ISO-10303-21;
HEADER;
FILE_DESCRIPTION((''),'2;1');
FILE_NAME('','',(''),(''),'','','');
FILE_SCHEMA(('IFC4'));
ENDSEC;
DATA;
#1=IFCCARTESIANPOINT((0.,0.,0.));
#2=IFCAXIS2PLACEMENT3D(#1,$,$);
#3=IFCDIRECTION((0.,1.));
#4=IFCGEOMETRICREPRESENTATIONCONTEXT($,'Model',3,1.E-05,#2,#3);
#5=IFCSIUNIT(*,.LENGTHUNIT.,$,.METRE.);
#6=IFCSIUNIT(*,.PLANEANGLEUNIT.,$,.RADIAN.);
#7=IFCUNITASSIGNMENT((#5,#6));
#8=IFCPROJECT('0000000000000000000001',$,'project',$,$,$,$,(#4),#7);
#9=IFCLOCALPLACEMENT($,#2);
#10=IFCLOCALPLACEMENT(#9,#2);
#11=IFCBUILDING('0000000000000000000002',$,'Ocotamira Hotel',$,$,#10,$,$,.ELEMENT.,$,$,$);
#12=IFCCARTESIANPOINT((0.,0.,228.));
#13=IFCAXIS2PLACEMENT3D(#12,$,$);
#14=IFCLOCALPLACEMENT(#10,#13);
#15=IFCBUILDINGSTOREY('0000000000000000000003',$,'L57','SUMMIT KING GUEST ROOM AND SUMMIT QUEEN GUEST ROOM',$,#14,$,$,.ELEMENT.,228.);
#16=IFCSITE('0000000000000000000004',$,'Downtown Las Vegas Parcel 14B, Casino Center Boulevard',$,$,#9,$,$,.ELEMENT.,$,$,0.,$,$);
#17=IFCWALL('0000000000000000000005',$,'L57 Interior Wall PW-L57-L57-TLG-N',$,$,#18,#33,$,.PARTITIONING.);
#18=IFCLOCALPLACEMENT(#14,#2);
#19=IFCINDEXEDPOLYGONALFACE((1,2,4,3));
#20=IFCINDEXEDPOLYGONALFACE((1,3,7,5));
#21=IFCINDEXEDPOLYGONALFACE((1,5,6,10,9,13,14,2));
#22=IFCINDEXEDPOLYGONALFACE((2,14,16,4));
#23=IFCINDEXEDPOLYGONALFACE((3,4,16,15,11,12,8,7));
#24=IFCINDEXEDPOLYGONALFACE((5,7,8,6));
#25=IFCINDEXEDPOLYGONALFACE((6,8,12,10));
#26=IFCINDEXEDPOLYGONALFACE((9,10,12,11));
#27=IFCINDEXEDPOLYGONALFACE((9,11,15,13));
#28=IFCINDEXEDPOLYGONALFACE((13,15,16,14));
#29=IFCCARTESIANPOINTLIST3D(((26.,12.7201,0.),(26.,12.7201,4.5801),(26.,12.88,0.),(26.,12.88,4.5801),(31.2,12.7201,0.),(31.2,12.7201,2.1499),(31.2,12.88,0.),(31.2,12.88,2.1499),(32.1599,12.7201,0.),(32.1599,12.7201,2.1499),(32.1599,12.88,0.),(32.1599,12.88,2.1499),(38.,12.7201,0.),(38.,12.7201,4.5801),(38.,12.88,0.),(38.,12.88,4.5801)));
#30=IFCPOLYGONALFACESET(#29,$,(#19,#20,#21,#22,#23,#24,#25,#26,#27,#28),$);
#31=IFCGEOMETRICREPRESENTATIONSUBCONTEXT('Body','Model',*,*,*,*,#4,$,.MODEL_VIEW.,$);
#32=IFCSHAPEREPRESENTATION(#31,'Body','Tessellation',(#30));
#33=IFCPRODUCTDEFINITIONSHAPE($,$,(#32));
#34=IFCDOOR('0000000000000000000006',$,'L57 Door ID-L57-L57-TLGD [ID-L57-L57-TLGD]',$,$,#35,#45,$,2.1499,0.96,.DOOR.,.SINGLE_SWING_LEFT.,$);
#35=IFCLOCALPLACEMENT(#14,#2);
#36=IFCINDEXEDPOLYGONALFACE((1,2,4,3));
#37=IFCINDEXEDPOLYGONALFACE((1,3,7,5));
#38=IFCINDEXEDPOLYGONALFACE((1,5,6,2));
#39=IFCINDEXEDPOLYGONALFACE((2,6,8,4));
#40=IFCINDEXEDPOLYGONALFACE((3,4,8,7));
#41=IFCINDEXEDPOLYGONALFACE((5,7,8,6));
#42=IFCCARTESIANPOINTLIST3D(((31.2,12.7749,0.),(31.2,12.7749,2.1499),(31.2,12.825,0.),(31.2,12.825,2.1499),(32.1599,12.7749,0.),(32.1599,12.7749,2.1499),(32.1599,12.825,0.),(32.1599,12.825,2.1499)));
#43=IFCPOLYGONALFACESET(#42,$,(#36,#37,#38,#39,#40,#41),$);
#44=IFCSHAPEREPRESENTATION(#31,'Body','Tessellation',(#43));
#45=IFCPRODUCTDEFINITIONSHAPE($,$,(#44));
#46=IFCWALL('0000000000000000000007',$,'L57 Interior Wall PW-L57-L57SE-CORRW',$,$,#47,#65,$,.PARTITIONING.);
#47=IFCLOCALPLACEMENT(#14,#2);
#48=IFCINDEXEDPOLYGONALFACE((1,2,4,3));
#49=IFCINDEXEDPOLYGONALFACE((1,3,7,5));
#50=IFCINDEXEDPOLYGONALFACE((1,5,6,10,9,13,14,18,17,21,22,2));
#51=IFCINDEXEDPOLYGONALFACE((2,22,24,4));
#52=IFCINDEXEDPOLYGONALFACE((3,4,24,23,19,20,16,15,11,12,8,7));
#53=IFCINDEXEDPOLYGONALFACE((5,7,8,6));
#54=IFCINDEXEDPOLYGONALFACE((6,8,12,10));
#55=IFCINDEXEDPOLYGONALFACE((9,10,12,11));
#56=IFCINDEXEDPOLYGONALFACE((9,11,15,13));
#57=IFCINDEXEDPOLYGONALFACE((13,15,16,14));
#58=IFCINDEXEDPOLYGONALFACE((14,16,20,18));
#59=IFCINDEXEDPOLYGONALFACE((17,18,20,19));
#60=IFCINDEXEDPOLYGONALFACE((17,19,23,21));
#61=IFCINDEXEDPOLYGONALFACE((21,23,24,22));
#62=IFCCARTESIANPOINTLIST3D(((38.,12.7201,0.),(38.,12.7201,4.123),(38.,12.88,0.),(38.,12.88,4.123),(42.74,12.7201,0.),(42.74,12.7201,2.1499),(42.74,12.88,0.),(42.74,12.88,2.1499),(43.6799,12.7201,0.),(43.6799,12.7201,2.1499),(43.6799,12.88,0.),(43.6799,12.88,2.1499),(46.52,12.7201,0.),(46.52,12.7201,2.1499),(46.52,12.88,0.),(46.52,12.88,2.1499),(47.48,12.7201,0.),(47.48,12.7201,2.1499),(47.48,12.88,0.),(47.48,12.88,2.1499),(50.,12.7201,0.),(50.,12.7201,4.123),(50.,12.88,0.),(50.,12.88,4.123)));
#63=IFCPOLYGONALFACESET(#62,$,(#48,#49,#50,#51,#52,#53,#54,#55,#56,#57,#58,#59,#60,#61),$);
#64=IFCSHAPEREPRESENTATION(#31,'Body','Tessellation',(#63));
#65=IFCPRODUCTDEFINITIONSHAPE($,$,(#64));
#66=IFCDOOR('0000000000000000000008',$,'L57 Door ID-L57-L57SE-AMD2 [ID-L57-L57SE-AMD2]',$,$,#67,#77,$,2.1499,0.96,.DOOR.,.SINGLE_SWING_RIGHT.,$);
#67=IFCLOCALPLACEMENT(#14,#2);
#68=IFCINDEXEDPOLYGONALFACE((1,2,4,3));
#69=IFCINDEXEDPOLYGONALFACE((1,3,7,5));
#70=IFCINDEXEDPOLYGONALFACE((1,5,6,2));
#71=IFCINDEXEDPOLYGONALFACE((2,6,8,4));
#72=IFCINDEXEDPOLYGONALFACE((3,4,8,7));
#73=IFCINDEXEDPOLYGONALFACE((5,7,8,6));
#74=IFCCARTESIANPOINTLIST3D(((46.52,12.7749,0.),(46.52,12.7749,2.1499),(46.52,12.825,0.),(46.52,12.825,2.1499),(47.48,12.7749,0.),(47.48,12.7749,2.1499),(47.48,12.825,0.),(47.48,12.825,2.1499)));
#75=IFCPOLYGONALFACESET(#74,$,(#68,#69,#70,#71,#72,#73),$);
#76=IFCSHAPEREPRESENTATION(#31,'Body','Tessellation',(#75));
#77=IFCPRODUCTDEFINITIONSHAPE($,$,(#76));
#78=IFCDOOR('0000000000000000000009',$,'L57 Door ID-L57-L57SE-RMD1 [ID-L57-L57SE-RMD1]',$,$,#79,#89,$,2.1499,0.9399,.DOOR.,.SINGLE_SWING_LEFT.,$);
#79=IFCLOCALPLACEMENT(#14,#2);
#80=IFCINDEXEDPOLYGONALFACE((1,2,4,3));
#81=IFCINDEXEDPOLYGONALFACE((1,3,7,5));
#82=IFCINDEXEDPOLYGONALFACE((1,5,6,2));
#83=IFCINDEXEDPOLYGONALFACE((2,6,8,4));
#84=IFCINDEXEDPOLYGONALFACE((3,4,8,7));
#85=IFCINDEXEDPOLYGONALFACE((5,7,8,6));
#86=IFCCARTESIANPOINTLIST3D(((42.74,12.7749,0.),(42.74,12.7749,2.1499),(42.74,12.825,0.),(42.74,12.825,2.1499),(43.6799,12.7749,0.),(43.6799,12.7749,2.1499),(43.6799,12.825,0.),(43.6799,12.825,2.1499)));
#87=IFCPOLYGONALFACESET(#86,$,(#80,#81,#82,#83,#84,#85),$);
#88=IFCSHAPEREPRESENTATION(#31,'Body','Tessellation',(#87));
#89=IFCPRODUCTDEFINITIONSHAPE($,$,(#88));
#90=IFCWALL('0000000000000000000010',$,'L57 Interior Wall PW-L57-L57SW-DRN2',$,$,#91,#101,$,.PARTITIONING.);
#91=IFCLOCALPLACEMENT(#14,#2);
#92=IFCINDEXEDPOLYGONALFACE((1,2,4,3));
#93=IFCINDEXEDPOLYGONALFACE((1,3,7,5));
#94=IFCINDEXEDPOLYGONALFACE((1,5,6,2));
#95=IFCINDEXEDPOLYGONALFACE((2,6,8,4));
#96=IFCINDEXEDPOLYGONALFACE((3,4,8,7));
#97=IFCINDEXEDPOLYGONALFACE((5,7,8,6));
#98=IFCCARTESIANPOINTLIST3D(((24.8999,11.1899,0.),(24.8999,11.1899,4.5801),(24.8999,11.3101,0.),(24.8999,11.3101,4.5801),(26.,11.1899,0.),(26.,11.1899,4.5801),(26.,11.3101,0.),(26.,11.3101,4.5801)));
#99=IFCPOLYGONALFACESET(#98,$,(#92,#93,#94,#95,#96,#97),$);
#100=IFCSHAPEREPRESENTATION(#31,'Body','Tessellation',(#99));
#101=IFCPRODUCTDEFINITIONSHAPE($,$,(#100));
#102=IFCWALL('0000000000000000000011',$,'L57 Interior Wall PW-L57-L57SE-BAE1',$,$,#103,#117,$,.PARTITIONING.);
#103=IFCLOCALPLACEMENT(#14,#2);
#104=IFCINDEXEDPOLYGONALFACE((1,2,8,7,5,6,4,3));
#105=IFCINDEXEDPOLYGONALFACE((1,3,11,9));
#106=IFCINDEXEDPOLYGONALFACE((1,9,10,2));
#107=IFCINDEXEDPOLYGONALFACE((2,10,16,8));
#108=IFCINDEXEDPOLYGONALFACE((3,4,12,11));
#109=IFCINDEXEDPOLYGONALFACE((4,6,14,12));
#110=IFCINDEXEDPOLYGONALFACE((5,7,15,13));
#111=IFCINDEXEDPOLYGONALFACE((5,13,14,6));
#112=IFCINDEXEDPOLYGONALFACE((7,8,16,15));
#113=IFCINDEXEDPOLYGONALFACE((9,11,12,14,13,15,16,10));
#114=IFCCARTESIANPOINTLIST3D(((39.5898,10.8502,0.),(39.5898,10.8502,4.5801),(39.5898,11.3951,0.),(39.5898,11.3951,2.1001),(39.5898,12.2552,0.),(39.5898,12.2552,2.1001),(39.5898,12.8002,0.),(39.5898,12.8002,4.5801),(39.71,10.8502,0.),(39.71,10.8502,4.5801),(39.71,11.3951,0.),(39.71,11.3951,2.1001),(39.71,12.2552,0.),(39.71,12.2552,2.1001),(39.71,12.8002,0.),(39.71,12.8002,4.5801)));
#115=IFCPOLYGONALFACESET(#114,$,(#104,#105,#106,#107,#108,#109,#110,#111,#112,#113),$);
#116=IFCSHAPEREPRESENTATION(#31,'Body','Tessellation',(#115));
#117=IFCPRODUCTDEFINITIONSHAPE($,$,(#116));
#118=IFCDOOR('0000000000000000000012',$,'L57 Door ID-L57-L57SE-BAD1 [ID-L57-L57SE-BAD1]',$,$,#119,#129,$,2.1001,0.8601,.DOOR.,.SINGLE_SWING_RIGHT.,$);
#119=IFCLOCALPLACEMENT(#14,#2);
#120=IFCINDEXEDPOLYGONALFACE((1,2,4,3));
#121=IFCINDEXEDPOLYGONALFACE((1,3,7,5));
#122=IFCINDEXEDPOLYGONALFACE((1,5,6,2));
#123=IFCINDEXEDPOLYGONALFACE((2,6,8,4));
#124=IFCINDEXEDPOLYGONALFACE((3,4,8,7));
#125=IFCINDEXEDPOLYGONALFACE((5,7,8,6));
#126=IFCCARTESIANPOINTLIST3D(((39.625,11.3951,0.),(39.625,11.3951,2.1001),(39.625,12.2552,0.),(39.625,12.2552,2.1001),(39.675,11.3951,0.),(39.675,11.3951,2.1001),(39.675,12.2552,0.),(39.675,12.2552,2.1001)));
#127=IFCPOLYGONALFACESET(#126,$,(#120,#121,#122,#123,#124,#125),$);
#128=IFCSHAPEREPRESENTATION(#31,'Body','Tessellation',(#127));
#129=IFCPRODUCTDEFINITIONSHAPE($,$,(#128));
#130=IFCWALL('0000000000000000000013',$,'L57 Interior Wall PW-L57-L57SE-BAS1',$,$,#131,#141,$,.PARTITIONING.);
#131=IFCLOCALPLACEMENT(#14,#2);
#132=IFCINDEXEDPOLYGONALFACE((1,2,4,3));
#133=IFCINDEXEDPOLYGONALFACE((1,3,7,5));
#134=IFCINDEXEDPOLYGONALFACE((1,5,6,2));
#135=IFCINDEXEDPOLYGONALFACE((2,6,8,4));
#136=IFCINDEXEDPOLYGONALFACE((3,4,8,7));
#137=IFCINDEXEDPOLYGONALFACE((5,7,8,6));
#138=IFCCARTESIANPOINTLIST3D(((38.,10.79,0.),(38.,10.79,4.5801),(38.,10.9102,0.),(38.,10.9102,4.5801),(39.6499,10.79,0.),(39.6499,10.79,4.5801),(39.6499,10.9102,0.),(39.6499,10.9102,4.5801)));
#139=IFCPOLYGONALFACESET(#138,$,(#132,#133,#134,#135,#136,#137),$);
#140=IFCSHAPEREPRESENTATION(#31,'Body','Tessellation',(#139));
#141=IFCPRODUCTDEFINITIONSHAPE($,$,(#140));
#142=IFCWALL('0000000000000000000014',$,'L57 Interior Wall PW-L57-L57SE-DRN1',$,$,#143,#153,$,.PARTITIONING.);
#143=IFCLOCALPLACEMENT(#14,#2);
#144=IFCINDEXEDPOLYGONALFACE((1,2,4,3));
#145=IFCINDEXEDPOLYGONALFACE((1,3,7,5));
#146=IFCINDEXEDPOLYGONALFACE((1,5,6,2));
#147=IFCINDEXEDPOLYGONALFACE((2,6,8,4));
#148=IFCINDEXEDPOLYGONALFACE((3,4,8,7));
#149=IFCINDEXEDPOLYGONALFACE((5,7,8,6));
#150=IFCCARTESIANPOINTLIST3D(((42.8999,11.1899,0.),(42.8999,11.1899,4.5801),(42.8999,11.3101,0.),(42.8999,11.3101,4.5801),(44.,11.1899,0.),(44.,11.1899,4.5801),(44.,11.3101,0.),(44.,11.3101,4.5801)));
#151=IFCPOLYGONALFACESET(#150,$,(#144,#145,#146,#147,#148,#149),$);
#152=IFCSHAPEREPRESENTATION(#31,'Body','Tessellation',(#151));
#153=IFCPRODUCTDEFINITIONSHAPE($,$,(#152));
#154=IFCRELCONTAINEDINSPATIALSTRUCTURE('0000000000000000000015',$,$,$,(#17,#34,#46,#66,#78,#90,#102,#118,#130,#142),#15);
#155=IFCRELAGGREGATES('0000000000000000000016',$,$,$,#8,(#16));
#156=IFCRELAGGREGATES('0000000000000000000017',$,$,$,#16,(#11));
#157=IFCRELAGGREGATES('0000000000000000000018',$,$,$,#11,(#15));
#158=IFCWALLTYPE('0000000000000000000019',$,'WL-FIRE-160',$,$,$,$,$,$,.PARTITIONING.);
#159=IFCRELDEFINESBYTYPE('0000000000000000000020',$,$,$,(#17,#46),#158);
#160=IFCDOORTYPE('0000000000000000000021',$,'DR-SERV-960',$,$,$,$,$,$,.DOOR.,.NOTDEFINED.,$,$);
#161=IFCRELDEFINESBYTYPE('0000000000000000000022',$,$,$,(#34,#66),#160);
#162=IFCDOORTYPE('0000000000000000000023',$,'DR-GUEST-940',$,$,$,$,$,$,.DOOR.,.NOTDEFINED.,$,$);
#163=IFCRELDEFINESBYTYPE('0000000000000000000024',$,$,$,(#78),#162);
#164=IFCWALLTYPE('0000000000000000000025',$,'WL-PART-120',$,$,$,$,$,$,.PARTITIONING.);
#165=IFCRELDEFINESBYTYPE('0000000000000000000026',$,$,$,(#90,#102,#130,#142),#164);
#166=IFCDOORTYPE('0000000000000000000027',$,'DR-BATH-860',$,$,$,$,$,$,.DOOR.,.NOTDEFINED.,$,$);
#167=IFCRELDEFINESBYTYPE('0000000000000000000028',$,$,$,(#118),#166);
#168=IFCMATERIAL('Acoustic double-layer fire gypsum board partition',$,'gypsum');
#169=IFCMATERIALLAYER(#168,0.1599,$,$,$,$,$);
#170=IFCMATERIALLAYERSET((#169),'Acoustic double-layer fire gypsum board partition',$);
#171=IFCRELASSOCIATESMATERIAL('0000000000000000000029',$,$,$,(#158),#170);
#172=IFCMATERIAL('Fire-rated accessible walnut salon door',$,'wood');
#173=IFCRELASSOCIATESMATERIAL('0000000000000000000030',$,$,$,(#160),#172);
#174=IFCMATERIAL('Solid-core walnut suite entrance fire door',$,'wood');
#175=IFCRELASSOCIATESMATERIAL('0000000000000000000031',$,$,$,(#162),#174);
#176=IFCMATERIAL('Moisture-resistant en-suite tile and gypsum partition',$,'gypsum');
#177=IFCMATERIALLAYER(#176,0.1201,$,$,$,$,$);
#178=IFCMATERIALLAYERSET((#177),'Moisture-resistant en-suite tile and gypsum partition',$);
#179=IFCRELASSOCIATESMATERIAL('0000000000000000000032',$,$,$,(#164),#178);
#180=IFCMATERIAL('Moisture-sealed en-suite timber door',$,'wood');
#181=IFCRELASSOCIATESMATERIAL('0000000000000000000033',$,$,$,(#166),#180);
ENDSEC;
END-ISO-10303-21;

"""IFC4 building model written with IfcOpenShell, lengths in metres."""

from ifc_helpers import new_model, si_unit, direction, frame, frame_2d, origin, place, context, subcontext, project, spatial, rectangle, extrude, source, transform, mapped, material, layer, layer_set, type_object, element, fill, save


model = new_model("IFC4")

# Units and contexts
model_context = context("Model", 3, precision=1e-05, world=origin(), true_north=direction((0.0, 1.0)))
body_context = subcontext(model_context, "Body", "Model", "MODEL_VIEW")
ifc_project = project(units=[si_unit("LENGTHUNIT", "METRE"), si_unit("PLANEANGLEUNIT", "RADIAN")], contexts=[model_context])

# Site, building, storey
site_placement = place(None, origin())
site = spatial("IfcSite", under=ifc_project, at=site_placement, Name="Downtown Las Vegas Parcel 14B, Casino Center Boulevard", CompositionType="ELEMENT", RefElevation=0.0)
building_placement = place(site_placement, origin())
building = spatial("IfcBuilding", under=site, at=building_placement, Name="Ocotamira Hotel", CompositionType="ELEMENT")
storey_placement = place(building_placement, frame((0.0, 0.0, 228.0)))
storey = spatial("IfcBuildingStorey", under=building, at=storey_placement, Name="L57", Description="SUMMIT KING GUEST ROOM AND SUMMIT QUEEN GUEST ROOM", CompositionType="ELEMENT", Elevation=228.0)

# Wall, opening, door
ifc_material_1 = material(Name="Acoustic double-layer fire gypsum board partition", Category="gypsum")
ifc_layer_1 = layer(ifc_material_1, 0.1599)
ifc_layer_set_1 = layer_set([ifc_layer_1], Name="Acoustic double-layer fire gypsum board partition")
wall_type_1 = type_object("IfcWallType", Name="WL-FIRE-160", PredefinedType="PARTITIONING", material=ifc_layer_set_1)
wall_1_placement = place(storey_placement, frame((26.0, 12.8, 0.0), z_axis=(0.0, 0.0, 1.0), x_axis=(1.0, 0.0, 0.0)))
wall_1 = element("IfcWall", 1, at=wall_1_placement, inside=storey, type_object=wall_type_1, Name="L57 Interior Wall PW-L57-L57-TLG-N", PredefinedType="PARTITIONING", context=body_context, shape_type="SweptSolid", body=[
    extrude(rectangle(XDim=12.0, YDim=0.1599, at=frame_2d((6.0, 0.0))), origin(), (0.0, 0.0, 1.0), 4.5801),
])
opening_1_placement = place(wall_1_placement, frame((5.2, 0.0, 0.0)))
opening_1 = element("IfcOpeningElement", 2, at=opening_1_placement, cuts=wall_1, PredefinedType="OPENING", context=body_context, shape_type="SweptSolid", body=[
    extrude(rectangle(XDim=0.96, YDim=2.1499, at=frame_2d((0.48, 1.075))), frame((0.0, 0.0898, 0.0), z_axis=(0.0, -1.0, 0.0), x_axis=(1.0, 0.0, 0.0)), (0.0, 0.0, 1.0), 0.1799),
])
ifc_material_2 = material(Name="Fire-rated accessible walnut salon door", Category="wood")
door_type_1 = type_object("IfcDoorType", Name="DR-SERV-960", OperationType="NOTDEFINED", PredefinedType="DOOR", material=ifc_material_2)
shared_shape_1 = source(origin(), body_context, "Body", "SweptSolid", [
    extrude(rectangle(XDim=0.96, YDim=2.1499, at=frame_2d((0.48, 1.075))), frame((0.0, 0.0249, 0.0), z_axis=(0.0, -1.0, 0.0), x_axis=(1.0, 0.0, 0.0)), (0.0, 0.0, 1.0), 0.05),
])
door_1_placement = place(opening_1_placement, origin())
door_1 = element("IfcDoor", 3, at=door_1_placement, inside=storey, type_object=door_type_1, Name="L57 Door ID-L57-L57-TLGD [ID-L57-L57-TLGD]", OperationType="SINGLE_SWING_LEFT", OverallHeight=2.1499, OverallWidth=0.96, PredefinedType="DOOR", context=body_context, shape_type="MappedRepresentation", body=[
    mapped(shared_shape_1, transform((0.0, 0.0, 0.0), scale=1.0)),
])
fill(opening_1, door_1)

# Wall, openings, doors
wall_2_placement = place(storey_placement, frame((38.0, 12.8, 0.0), z_axis=(0.0, 0.0, 1.0), x_axis=(1.0, 0.0, 0.0)))
wall_2 = element("IfcWall", 4, at=wall_2_placement, inside=storey, type_object=wall_type_1, Name="L57 Interior Wall PW-L57-L57SE-CORRW", PredefinedType="PARTITIONING", context=body_context, shape_type="SweptSolid", body=[
    extrude(rectangle(XDim=12.0, YDim=0.1599, at=frame_2d((6.0, 0.0))), origin(), (0.0, 0.0, 1.0), 4.123),
])
opening_2_placement = place(wall_2_placement, frame((4.74, 0.0, 0.0)))
opening_2 = element("IfcOpeningElement", 5, at=opening_2_placement, cuts=wall_2, PredefinedType="OPENING", context=body_context, shape_type="SweptSolid", body=[
    extrude(rectangle(XDim=0.9399, YDim=2.1499, at=frame_2d((0.47, 1.075))), frame((0.0, 0.0898, 0.0), z_axis=(0.0, -1.0, 0.0), x_axis=(1.0, 0.0, 0.0)), (0.0, 0.0, 1.0), 0.1799),
])
opening_3_placement = place(wall_2_placement, frame((8.52, 0.0, 0.0)))
opening_3 = element("IfcOpeningElement", 6, at=opening_3_placement, cuts=wall_2, PredefinedType="OPENING", context=body_context, shape_type="SweptSolid", body=[
    extrude(rectangle(XDim=0.96, YDim=2.1499, at=frame_2d((0.48, 1.075))), frame((0.0, 0.0898, 0.0), z_axis=(0.0, -1.0, 0.0), x_axis=(1.0, 0.0, 0.0)), (0.0, 0.0, 1.0), 0.1799),
])
door_2_placement = place(opening_3_placement, origin())
door_2 = element("IfcDoor", 7, at=door_2_placement, inside=storey, type_object=door_type_1, Name="L57 Door ID-L57-L57SE-AMD2 [ID-L57-L57SE-AMD2]", OperationType="SINGLE_SWING_RIGHT", OverallHeight=2.1499, OverallWidth=0.96, PredefinedType="DOOR", context=body_context, shape_type="MappedRepresentation", body=[
    mapped(shared_shape_1, transform((0.0, 0.0, 0.0), scale=1.0)),
])
fill(opening_3, door_2)
ifc_material_3 = material(Name="Solid-core walnut suite entrance fire door", Category="wood")
door_type_2 = type_object("IfcDoorType", Name="DR-GUEST-940", OperationType="NOTDEFINED", PredefinedType="DOOR", material=ifc_material_3)
shared_shape_2 = source(origin(), body_context, "Body", "SweptSolid", [
    extrude(rectangle(XDim=0.9399, YDim=2.1499, at=frame_2d((0.47, 1.075))), frame((0.0, 0.0249, 0.0), z_axis=(0.0, -1.0, 0.0), x_axis=(1.0, 0.0, 0.0)), (0.0, 0.0, 1.0), 0.05),
])
door_3_placement = place(opening_2_placement, origin())
door_3 = element("IfcDoor", 8, at=door_3_placement, inside=storey, type_object=door_type_2, Name="L57 Door ID-L57-L57SE-RMD1 [ID-L57-L57SE-RMD1]", OperationType="SINGLE_SWING_LEFT", OverallHeight=2.1499, OverallWidth=0.9399, PredefinedType="DOOR", context=body_context, shape_type="MappedRepresentation", body=[
    mapped(shared_shape_2, transform((0.0, 0.0, 0.0), scale=1.0)),
])
fill(opening_2, door_3)

# Wall
ifc_material_4 = material(Name="Moisture-resistant en-suite tile and gypsum partition", Category="gypsum")
ifc_layer_2 = layer(ifc_material_4, 0.1201)
ifc_layer_set_2 = layer_set([ifc_layer_2], Name="Moisture-resistant en-suite tile and gypsum partition")
wall_type_2 = type_object("IfcWallType", Name="WL-PART-120", PredefinedType="PARTITIONING", material=ifc_layer_set_2)
wall_3_placement = place(storey_placement, frame((24.8999, 11.25, 0.0), z_axis=(0.0, 0.0, 1.0), x_axis=(1.0, 0.0, 0.0)))
element("IfcWall", 9, at=wall_3_placement, inside=storey, type_object=wall_type_2, Name="L57 Interior Wall PW-L57-L57SW-DRN2", PredefinedType="PARTITIONING", context=body_context, shape_type="SweptSolid", body=[
    extrude(rectangle(XDim=1.1001, YDim=0.1201, at=frame_2d((0.55, 0.0))), origin(), (0.0, 0.0, 1.0), 4.5801),
])

# Wall, opening, door
wall_4_placement = place(storey_placement, frame((39.6499, 10.8501, 0.0), z_axis=(0.0, 0.0, 1.0), x_axis=(0.0, 1.0, 0.0)))
wall_4 = element("IfcWall", 10, at=wall_4_placement, inside=storey, type_object=wall_type_2, Name="L57 Interior Wall PW-L57-L57SE-BAE1", PredefinedType="PARTITIONING", context=body_context, shape_type="SweptSolid", body=[
    extrude(rectangle(XDim=1.95, YDim=0.1201, at=frame_2d((0.9751, 0.0))), origin(), (0.0, 0.0, 1.0), 4.5801),
])
opening_4_placement = place(wall_4_placement, frame((0.5449, 0.0, 0.0)))
opening_4 = element("IfcOpeningElement", 11, at=opening_4_placement, cuts=wall_4, PredefinedType="OPENING", context=body_context, shape_type="SweptSolid", body=[
    extrude(rectangle(XDim=0.8601, YDim=2.1001, at=frame_2d((0.4302, 1.05))), frame((0.0, 0.0701, 0.0), z_axis=(0.0, -1.0, 0.0), x_axis=(1.0, 0.0, 0.0)), (0.0, 0.0, 1.0), 0.1401),
])
ifc_material_5 = material(Name="Moisture-sealed en-suite timber door", Category="wood")
door_type_3 = type_object("IfcDoorType", Name="DR-BATH-860", OperationType="NOTDEFINED", PredefinedType="DOOR", material=ifc_material_5)
shared_shape_3 = source(origin(), body_context, "Body", "SweptSolid", [
    extrude(rectangle(XDim=0.8601, YDim=2.1001, at=frame_2d((0.4302, 1.05))), frame((0.0, 0.0249, 0.0), z_axis=(0.0, -1.0, 0.0), x_axis=(1.0, 0.0, 0.0)), (0.0, 0.0, 1.0), 0.05),
])
door_4_placement = place(opening_4_placement, origin())
door_4 = element("IfcDoor", 12, at=door_4_placement, inside=storey, type_object=door_type_3, Name="L57 Door ID-L57-L57SE-BAD1 [ID-L57-L57SE-BAD1]", OperationType="SINGLE_SWING_RIGHT", OverallHeight=2.1001, OverallWidth=0.8601, PredefinedType="DOOR", context=body_context, shape_type="MappedRepresentation", body=[
    mapped(shared_shape_3, transform((0.0, 0.0, 0.0), scale=1.0)),
])
fill(opening_4, door_4)

# Walls
wall_5_placement = place(storey_placement, frame((38.0, 10.8501, 0.0), z_axis=(0.0, 0.0, 1.0), x_axis=(1.0, 0.0, 0.0)))
element("IfcWall", 13, at=wall_5_placement, inside=storey, type_object=wall_type_2, Name="L57 Interior Wall PW-L57-L57SE-BAS1", PredefinedType="PARTITIONING", context=body_context, shape_type="SweptSolid", body=[
    extrude(rectangle(XDim=1.6499, YDim=0.1201, at=frame_2d((0.825, 0.0))), origin(), (0.0, 0.0, 1.0), 4.5801),
])
wall_6_placement = place(storey_placement, frame((42.8999, 11.25, 0.0), z_axis=(0.0, 0.0, 1.0), x_axis=(1.0, 0.0, 0.0)))
element("IfcWall", 14, at=wall_6_placement, inside=storey, type_object=wall_type_2, Name="L57 Interior Wall PW-L57-L57SE-DRN1", PredefinedType="PARTITIONING", context=body_context, shape_type="SweptSolid", body=[
    extrude(rectangle(XDim=1.1001, YDim=0.1201, at=frame_2d((0.55, 0.0))), origin(), (0.0, 0.0, 1.0), 4.5801),
])

save(model, "model.ifc")
